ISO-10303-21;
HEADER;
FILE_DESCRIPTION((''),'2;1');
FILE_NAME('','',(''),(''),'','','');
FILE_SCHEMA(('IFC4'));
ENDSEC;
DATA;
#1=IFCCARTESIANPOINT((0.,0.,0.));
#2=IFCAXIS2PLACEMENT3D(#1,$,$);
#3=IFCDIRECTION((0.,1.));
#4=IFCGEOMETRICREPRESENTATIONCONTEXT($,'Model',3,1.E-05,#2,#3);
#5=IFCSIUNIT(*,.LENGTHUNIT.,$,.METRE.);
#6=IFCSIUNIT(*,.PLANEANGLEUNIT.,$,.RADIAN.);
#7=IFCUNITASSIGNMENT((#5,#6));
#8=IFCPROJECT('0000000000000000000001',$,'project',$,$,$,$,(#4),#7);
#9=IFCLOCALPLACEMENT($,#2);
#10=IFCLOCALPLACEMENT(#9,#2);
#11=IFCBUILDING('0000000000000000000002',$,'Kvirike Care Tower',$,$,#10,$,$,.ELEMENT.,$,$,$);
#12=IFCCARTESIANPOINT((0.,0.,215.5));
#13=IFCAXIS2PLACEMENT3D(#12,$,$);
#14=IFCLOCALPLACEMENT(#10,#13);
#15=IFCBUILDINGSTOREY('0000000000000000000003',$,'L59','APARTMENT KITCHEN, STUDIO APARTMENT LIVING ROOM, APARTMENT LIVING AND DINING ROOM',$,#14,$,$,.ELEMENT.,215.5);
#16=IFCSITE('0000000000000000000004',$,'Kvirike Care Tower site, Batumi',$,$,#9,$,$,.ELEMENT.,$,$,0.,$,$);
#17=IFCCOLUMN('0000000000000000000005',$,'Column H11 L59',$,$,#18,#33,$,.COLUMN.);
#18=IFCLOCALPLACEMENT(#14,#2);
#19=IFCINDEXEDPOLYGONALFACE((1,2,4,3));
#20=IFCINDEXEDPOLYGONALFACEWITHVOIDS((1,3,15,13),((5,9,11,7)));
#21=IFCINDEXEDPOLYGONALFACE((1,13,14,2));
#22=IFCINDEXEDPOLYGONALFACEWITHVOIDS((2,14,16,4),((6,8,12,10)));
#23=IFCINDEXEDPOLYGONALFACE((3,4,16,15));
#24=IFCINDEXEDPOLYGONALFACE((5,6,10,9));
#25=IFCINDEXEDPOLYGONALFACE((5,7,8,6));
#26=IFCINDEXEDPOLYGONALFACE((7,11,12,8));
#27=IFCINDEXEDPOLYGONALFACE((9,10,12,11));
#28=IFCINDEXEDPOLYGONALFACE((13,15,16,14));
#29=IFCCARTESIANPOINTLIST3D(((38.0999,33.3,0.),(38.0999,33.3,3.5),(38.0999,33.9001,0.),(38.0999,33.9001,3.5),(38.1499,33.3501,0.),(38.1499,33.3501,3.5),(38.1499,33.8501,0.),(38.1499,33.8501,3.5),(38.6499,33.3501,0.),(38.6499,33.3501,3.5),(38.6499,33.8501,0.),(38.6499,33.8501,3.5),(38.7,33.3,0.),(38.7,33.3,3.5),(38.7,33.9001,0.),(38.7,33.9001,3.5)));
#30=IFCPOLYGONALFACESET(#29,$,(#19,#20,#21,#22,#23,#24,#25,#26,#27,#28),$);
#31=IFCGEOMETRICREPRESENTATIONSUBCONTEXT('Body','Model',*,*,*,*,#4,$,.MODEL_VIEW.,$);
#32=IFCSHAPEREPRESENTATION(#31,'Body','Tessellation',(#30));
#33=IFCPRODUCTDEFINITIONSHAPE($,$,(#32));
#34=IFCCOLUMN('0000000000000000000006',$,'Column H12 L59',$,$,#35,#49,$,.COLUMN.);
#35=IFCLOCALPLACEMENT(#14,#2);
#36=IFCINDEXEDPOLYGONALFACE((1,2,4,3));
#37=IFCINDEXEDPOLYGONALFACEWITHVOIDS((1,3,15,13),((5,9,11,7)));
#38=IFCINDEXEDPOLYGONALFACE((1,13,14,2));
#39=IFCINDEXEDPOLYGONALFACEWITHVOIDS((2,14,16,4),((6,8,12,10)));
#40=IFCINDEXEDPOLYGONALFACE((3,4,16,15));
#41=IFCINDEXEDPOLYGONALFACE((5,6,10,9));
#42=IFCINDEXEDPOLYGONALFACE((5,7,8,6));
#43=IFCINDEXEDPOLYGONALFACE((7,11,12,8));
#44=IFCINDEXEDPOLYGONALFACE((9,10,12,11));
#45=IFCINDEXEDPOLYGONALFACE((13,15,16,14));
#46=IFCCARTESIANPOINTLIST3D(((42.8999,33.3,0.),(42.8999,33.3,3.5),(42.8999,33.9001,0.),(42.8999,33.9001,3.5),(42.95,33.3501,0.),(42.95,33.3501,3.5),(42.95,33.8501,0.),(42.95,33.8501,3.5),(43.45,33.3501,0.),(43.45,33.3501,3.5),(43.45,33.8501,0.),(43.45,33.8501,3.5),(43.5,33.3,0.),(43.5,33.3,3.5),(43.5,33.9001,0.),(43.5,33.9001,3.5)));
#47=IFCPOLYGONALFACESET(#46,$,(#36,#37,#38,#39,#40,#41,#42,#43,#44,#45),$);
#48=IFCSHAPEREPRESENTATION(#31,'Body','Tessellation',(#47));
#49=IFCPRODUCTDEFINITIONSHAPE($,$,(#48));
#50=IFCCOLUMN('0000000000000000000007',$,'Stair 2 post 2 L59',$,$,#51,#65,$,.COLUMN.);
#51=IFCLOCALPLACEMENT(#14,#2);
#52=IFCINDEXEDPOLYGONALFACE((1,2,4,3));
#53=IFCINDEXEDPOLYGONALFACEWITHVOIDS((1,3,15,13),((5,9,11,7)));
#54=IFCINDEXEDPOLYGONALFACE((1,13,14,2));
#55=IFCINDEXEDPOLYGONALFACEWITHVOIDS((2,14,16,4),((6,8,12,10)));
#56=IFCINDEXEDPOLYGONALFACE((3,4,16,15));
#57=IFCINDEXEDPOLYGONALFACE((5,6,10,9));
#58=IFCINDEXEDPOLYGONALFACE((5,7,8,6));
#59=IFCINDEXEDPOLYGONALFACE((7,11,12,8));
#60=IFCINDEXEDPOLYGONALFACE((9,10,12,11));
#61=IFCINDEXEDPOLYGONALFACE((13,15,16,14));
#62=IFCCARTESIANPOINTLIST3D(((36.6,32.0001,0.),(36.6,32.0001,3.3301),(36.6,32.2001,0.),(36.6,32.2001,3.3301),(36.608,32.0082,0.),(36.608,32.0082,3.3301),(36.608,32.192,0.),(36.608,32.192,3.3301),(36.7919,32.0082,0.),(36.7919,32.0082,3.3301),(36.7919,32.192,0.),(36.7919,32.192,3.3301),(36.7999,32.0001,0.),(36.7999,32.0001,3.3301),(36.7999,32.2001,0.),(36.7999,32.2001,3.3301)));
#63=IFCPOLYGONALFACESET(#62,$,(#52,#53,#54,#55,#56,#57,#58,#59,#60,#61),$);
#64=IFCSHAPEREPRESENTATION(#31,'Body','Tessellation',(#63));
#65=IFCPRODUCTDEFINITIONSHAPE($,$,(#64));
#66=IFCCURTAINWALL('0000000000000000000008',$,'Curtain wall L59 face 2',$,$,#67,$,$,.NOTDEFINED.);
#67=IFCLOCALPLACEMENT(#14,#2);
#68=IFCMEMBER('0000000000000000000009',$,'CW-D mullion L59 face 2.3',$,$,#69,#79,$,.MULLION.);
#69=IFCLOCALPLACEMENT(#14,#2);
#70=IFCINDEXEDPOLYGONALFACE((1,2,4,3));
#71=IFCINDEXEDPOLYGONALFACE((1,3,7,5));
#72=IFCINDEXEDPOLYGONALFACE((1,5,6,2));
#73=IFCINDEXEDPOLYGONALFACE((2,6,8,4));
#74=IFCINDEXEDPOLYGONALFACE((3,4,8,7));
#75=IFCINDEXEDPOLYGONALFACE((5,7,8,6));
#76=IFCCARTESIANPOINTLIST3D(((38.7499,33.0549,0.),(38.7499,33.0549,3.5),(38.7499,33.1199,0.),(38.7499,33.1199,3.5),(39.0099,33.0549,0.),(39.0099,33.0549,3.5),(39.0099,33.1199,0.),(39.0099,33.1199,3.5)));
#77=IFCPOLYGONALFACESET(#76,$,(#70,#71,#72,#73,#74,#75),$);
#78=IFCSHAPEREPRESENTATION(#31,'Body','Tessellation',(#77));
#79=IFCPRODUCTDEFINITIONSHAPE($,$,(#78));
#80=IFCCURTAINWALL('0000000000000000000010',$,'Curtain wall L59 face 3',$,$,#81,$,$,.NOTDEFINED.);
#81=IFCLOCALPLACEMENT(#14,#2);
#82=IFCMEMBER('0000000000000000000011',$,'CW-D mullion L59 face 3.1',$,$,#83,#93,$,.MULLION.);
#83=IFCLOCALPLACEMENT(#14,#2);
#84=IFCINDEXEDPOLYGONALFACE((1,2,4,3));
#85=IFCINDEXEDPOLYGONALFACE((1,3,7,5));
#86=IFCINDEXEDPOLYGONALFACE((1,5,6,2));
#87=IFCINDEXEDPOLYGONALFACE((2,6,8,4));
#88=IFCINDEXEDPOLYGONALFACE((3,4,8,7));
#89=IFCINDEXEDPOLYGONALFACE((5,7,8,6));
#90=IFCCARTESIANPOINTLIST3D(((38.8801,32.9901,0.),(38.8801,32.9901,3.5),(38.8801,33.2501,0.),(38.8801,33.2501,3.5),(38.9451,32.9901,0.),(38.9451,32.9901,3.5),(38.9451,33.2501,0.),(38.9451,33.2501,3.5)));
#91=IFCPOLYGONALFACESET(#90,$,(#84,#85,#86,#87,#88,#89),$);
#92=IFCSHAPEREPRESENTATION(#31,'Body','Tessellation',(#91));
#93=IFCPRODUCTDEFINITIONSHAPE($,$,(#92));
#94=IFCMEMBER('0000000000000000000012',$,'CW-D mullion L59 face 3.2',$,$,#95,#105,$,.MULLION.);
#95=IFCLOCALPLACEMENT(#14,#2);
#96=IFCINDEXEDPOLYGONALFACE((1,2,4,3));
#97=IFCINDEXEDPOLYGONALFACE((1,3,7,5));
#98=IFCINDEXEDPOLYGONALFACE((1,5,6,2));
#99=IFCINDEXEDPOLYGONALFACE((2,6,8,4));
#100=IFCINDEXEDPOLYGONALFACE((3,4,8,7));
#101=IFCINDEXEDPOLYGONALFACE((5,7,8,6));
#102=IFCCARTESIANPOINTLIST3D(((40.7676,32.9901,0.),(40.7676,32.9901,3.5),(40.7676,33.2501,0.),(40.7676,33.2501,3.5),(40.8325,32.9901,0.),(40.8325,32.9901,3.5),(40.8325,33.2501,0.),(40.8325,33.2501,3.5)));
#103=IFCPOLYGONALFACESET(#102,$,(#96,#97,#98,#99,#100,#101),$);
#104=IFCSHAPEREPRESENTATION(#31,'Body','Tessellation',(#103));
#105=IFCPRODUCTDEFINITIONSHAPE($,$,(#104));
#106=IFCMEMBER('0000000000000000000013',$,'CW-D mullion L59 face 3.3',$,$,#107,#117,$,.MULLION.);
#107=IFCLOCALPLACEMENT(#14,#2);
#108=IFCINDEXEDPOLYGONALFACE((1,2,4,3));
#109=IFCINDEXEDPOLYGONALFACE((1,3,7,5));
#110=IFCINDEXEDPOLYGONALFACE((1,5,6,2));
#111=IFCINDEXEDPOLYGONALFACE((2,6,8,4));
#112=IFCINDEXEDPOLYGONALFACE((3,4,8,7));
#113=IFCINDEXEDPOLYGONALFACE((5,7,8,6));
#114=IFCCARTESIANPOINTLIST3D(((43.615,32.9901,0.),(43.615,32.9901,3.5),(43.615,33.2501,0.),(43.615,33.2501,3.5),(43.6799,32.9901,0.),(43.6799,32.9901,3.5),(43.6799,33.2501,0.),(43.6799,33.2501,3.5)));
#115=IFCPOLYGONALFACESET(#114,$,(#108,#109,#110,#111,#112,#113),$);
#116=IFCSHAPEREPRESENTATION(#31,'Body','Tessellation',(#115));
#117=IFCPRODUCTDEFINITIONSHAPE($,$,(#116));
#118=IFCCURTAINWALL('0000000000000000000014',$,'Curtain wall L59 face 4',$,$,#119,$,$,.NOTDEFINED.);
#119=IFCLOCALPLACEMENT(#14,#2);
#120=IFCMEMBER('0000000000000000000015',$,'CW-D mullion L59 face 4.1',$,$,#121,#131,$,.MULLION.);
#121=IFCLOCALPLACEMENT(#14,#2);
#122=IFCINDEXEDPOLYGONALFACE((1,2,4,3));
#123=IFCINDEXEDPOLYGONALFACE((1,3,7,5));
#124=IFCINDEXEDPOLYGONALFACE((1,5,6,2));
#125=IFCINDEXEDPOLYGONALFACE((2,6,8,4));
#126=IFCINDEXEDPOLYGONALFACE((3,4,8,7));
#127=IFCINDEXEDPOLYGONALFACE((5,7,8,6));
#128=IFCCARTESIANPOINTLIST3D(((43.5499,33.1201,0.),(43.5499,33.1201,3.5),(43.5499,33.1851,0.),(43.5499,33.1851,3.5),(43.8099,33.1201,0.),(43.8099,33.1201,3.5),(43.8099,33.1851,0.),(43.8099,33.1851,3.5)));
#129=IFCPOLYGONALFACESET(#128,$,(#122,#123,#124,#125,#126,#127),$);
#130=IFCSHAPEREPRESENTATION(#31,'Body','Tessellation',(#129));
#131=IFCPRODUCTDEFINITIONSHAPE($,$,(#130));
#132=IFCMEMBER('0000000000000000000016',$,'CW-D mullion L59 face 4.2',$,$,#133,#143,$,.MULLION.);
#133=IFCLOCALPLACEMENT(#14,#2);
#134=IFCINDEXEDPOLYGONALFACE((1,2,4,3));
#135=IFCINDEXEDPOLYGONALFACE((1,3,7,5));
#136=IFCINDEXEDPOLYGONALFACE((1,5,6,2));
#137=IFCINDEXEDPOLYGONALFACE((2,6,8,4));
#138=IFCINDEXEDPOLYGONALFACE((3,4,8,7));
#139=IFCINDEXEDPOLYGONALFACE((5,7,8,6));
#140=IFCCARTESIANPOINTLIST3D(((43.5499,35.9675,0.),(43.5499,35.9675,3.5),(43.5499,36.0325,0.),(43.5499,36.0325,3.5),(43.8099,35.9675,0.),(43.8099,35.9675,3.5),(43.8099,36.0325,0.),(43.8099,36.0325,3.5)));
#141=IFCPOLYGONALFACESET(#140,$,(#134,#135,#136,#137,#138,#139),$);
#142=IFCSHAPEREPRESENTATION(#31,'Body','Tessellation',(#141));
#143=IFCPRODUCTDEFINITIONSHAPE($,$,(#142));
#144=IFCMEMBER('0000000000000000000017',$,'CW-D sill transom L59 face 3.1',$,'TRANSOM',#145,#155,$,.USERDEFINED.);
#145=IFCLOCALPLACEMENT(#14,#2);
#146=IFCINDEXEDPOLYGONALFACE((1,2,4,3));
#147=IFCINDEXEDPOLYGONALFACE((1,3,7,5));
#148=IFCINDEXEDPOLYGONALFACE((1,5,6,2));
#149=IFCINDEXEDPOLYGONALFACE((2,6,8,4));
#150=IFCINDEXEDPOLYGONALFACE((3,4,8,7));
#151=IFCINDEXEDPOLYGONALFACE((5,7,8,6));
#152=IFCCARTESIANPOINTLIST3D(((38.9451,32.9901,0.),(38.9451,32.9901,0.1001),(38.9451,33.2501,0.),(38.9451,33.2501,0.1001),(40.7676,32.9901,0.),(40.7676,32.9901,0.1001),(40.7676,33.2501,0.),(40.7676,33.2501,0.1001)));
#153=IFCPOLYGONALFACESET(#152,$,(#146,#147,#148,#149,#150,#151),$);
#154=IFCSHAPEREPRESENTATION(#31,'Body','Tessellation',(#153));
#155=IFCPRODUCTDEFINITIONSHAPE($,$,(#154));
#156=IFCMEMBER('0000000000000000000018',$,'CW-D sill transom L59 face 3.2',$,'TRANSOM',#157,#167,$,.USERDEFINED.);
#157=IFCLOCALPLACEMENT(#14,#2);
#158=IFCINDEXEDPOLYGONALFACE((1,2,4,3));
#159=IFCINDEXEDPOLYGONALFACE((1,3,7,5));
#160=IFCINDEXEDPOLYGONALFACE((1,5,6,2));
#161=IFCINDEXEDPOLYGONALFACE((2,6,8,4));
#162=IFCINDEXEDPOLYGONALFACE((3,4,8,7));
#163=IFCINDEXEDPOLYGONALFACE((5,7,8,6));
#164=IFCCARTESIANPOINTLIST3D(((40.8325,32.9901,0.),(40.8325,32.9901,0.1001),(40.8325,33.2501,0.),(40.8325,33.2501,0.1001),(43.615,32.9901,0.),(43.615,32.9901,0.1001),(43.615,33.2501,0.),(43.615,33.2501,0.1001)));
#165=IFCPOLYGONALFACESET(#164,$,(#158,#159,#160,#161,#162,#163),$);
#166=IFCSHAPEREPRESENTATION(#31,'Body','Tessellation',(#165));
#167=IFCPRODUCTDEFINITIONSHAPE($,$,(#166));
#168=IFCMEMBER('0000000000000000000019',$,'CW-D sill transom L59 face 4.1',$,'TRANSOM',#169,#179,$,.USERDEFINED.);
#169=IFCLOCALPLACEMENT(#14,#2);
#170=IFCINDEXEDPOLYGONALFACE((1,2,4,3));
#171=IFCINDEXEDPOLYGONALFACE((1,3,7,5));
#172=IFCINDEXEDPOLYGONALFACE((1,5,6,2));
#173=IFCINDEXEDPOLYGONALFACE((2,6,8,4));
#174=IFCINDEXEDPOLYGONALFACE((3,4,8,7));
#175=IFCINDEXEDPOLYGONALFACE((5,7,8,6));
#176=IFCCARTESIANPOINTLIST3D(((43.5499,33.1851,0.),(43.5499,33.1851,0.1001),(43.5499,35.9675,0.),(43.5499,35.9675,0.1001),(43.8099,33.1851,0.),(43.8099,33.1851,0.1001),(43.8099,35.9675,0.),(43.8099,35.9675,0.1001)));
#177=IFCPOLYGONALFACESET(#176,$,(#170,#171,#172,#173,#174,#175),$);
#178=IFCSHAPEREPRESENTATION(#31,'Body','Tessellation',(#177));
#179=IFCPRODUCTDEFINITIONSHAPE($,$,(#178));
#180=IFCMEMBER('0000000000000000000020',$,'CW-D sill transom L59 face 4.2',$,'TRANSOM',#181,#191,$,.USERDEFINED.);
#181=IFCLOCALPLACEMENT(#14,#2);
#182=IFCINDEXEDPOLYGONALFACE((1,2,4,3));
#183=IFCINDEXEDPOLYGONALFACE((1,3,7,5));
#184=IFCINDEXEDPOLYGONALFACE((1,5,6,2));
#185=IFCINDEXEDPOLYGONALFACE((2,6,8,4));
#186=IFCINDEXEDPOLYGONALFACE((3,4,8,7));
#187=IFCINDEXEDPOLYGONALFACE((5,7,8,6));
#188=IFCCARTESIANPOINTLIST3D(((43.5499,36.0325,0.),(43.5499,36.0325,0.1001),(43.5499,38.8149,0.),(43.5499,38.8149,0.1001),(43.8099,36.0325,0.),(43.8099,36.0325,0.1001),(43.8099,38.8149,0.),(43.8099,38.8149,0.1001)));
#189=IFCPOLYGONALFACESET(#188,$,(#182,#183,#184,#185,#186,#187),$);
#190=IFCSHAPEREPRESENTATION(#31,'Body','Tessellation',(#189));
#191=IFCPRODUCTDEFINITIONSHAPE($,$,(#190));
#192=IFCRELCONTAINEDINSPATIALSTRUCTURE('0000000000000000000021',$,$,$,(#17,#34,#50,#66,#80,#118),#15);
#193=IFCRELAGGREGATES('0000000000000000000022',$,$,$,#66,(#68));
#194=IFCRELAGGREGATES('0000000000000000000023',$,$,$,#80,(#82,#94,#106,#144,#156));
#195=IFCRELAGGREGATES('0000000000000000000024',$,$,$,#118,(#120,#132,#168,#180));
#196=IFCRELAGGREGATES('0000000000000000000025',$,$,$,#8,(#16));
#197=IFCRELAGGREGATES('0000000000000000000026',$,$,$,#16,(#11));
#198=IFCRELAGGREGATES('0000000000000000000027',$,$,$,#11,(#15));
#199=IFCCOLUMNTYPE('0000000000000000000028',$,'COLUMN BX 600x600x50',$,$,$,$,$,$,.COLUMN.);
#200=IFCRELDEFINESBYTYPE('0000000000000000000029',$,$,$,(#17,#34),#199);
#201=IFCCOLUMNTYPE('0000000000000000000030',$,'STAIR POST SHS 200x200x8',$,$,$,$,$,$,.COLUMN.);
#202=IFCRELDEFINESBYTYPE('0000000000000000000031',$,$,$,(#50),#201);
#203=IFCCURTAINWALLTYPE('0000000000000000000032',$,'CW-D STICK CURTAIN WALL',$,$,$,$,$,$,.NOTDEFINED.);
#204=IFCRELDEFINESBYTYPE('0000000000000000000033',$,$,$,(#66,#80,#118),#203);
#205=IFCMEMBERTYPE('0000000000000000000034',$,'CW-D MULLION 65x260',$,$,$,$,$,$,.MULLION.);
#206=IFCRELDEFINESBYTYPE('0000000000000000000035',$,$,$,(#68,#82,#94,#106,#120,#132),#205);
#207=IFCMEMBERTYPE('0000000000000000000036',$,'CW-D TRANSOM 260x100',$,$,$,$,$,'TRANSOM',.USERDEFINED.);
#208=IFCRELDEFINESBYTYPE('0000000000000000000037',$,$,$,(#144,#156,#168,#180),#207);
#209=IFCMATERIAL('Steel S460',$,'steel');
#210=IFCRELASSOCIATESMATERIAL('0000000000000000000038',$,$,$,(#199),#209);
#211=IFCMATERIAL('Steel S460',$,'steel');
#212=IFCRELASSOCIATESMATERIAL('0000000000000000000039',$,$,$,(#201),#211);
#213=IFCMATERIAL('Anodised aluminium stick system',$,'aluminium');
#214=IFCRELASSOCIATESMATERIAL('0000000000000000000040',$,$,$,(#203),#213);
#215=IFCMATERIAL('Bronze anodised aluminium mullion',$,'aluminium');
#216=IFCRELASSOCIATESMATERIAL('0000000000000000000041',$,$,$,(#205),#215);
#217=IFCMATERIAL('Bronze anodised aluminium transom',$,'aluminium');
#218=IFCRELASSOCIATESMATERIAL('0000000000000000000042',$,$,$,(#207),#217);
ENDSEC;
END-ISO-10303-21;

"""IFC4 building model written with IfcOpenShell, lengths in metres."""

from ifc_helpers import new_model, si_unit, direction, frame, origin, origin_2d, place, context, subcontext, project, spatial, rectangle, hollow_rectangle, extrude, material, material_profile, profile_set, type_object, element, aggregate, save


model = new_model("IFC4")

# Units and contexts
model_context = context("Model", 3, precision=1e-05, world=origin(), true_north=direction((0.0, 1.0)))
body_context = subcontext(model_context, "Body", "Model", "MODEL_VIEW")
ifc_project = project(units=[si_unit("LENGTHUNIT", "METRE"), si_unit("PLANEANGLEUNIT", "RADIAN")], contexts=[model_context])

# Site, building, storey
site_placement = place(None, origin())
site = spatial("IfcSite", under=ifc_project, at=site_placement, Name="Kvirike Care Tower site, Batumi", CompositionType="ELEMENT", RefElevation=0.0)
building_placement = place(site_placement, origin())
building = spatial("IfcBuilding", under=site, at=building_placement, Name="Kvirike Care Tower", CompositionType="ELEMENT")
storey_placement = place(building_placement, frame((0.0, 0.0, 215.5)))
storey = spatial("IfcBuildingStorey", under=building, at=storey_placement, Name="L59", Description="APARTMENT KITCHEN, STUDIO APARTMENT LIVING ROOM, APARTMENT LIVING AND DINING ROOM", CompositionType="ELEMENT", Elevation=215.5)

# Columns
ifc_material_1 = material(Name="Steel S460", Category="steel")
ifc_material_profile_1 = material_profile(ifc_material_1, hollow_rectangle(XDim=0.6001, YDim=0.6001, WallThickness=0.05, at=origin_2d()), Name="BX 600x600x50")
ifc_profile_set_1 = profile_set([ifc_material_profile_1], Name="Steel S460")
column_type_1 = type_object("IfcColumnType", Name="COLUMN BX 600x600x50", PredefinedType="COLUMN", material=ifc_profile_set_1)
for number, where, z_axis, x_axis, name in (
    (1, (38.3999, 33.6001, 0.0), (0.0, 0.0, 1.0), (0.0, 1.0, 0.0), "Column H11 L59"),
    (2, (43.2, 33.6001, 0.0), (0.0, 0.0, 1.0), (0.0, 1.0, 0.0), "Column H12 L59"),
):
    element("IfcColumn", number, at=place(storey_placement, frame(where, z_axis=z_axis, x_axis=x_axis)), inside=storey, type_object=column_type_1, Name=name, PredefinedType="COLUMN", context=body_context, shape_type="SweptSolid", body=[
        extrude(hollow_rectangle(XDim=0.6001, YDim=0.6001, WallThickness=0.05, at=origin_2d()), origin(), (0.0, 0.0, 1.0), 3.5),
    ])
ifc_material_2 = material(Name="Steel S460", Category="steel")
ifc_material_profile_2 = material_profile(ifc_material_2, hollow_rectangle(XDim=0.2, YDim=0.2, WallThickness=0.0081, at=origin_2d()), Name="SHS 200x200x8")
ifc_profile_set_2 = profile_set([ifc_material_profile_2], Name="Steel S460")
column_type_2 = type_object("IfcColumnType", Name="STAIR POST SHS 200x200x8", PredefinedType="COLUMN", material=ifc_profile_set_2)
column_placement = place(storey_placement, frame((36.7, 32.1001, 0.0), z_axis=(0.0, 0.0, 1.0), x_axis=(1.0, 0.0, 0.0)))
element("IfcColumn", 3, at=column_placement, inside=storey, type_object=column_type_2, Name="Stair 2 post 2 L59", PredefinedType="COLUMN", context=body_context, shape_type="SweptSolid", body=[
    extrude(hollow_rectangle(XDim=0.2, YDim=0.2, WallThickness=0.0081, at=origin_2d()), origin(), (0.0, 0.0, 1.0), 3.3301),
])

# Curtain wall, member
ifc_material_3 = material(Name="Anodised aluminium stick system", Category="aluminium")
curtain_wall_type = type_object("IfcCurtainWallType", Name="CW-D STICK CURTAIN WALL", PredefinedType="NOTDEFINED", material=ifc_material_3)
curtain_wall_1_placement = place(storey_placement, origin())
curtain_wall_1 = element("IfcCurtainWall", 4, at=curtain_wall_1_placement, inside=storey, type_object=curtain_wall_type, Name="Curtain wall L59 face 2", PredefinedType="NOTDEFINED")
ifc_material_4 = material(Name="Bronze anodised aluminium mullion", Category="aluminium")
ifc_material_profile_3 = material_profile(ifc_material_4, rectangle(XDim=0.0649, YDim=0.26, at=origin_2d()), Name="CW-D MULLION 65x260")
ifc_profile_set_3 = profile_set([ifc_material_profile_3], Name="Bronze anodised aluminium mullion")
member_type_1 = type_object("IfcMemberType", Name="CW-D MULLION 65x260", PredefinedType="MULLION", material=ifc_profile_set_3)
member_1_placement = place(storey_placement, frame((38.8799, 33.0874, 0.0), z_axis=(0.0, 0.0, 1.0), x_axis=(0.0, 1.0, 0.0)))
member_1 = element("IfcMember", 5, at=member_1_placement, type_object=member_type_1, Name="CW-D mullion L59 face 2.3", PredefinedType="MULLION", context=body_context, shape_type="SweptSolid", body=[
    extrude(rectangle(XDim=0.0649, YDim=0.26, at=origin_2d()), origin(), (0.0, 0.0, 1.0), 3.5),
])

# Curtain walls, members
curtain_wall_2_placement = place(storey_placement, origin())
curtain_wall_2 = element("IfcCurtainWall", 6, at=curtain_wall_2_placement, inside=storey, type_object=curtain_wall_type, Name="Curtain wall L59 face 3", PredefinedType="NOTDEFINED")
member_2_placement = place(storey_placement, frame((38.9126, 33.1201, 0.0), z_axis=(0.0, 0.0, 1.0), x_axis=(1.0, 0.0, 0.0)))
member_2 = element("IfcMember", 7, at=member_2_placement, type_object=member_type_1, Name="CW-D mullion L59 face 3.1", PredefinedType="MULLION", context=body_context, shape_type="SweptSolid", body=[
    extrude(rectangle(XDim=0.0649, YDim=0.26, at=origin_2d()), origin(), (0.0, 0.0, 1.0), 3.5),
])
member_3_placement = place(storey_placement, frame((40.8, 33.1201, 0.0), z_axis=(0.0, 0.0, 1.0), x_axis=(1.0, 0.0, 0.0)))
member_3 = element("IfcMember", 8, at=member_3_placement, type_object=member_type_1, Name="CW-D mullion L59 face 3.2", PredefinedType="MULLION", context=body_context, shape_type="SweptSolid", body=[
    extrude(rectangle(XDim=0.0649, YDim=0.26, at=origin_2d()), origin(), (0.0, 0.0, 1.0), 3.5),
])
member_4_placement = place(storey_placement, frame((43.6475, 33.1201, 0.0), z_axis=(0.0, 0.0, 1.0), x_axis=(1.0, 0.0, 0.0)))
member_4 = element("IfcMember", 9, at=member_4_placement, type_object=member_type_1, Name="CW-D mullion L59 face 3.3", PredefinedType="MULLION", context=body_context, shape_type="SweptSolid", body=[
    extrude(rectangle(XDim=0.0649, YDim=0.26, at=origin_2d()), origin(), (0.0, 0.0, 1.0), 3.5),
])
curtain_wall_3_placement = place(storey_placement, origin())
curtain_wall_3 = element("IfcCurtainWall", 10, at=curtain_wall_3_placement, inside=storey, type_object=curtain_wall_type, Name="Curtain wall L59 face 4", PredefinedType="NOTDEFINED")
member_5_placement = place(storey_placement, frame((43.6799, 33.1526, 0.0), z_axis=(0.0, 0.0, 1.0), x_axis=(0.0, 1.0, 0.0)))
member_5 = element("IfcMember", 11, at=member_5_placement, type_object=member_type_1, Name="CW-D mullion L59 face 4.1", PredefinedType="MULLION", context=body_context, shape_type="SweptSolid", body=[
    extrude(rectangle(XDim=0.0649, YDim=0.26, at=origin_2d()), origin(), (0.0, 0.0, 1.0), 3.5),
])
member_6_placement = place(storey_placement, frame((43.6799, 36.0, 0.0), z_axis=(0.0, 0.0, 1.0), x_axis=(0.0, 1.0, 0.0)))
member_6 = element("IfcMember", 12, at=member_6_placement, type_object=member_type_1, Name="CW-D mullion L59 face 4.2", PredefinedType="MULLION", context=body_context, shape_type="SweptSolid", body=[
    extrude(rectangle(XDim=0.0649, YDim=0.26, at=origin_2d()), origin(), (0.0, 0.0, 1.0), 3.5),
])

# Members
ifc_material_5 = material(Name="Bronze anodised aluminium transom", Category="aluminium")
ifc_material_profile_4 = material_profile(ifc_material_5, rectangle(XDim=0.26, YDim=0.1001, at=origin_2d()), Name="CW-D TRANSOM 260x100")
ifc_profile_set_4 = profile_set([ifc_material_profile_4], Name="Bronze anodised aluminium transom")
member_type_2 = type_object("IfcMemberType", Name="CW-D TRANSOM 260x100", ElementType="TRANSOM", PredefinedType="USERDEFINED", material=ifc_profile_set_4)
member_7_placement = place(storey_placement, frame((38.9451, 33.1201, 0.05), z_axis=(1.0, 0.0, 0.0), x_axis=(0.0, 1.0, 0.0)))
member_7 = element("IfcMember", 13, at=member_7_placement, type_object=member_type_2, Name="CW-D sill transom L59 face 3.1", ObjectType="TRANSOM", PredefinedType="USERDEFINED", context=body_context, shape_type="SweptSolid", body=[
    extrude(rectangle(XDim=0.26, YDim=0.1001, at=origin_2d()), origin(), (0.0, 0.0, 1.0), 1.8225),
])
member_8_placement = place(storey_placement, frame((40.8325, 33.1201, 0.05), z_axis=(1.0, 0.0, 0.0), x_axis=(0.0, 1.0, 0.0)))
member_8 = element("IfcMember", 14, at=member_8_placement, type_object=member_type_2, Name="CW-D sill transom L59 face 3.2", ObjectType="TRANSOM", PredefinedType="USERDEFINED", context=body_context, shape_type="SweptSolid", body=[
    extrude(rectangle(XDim=0.26, YDim=0.1001, at=origin_2d()), origin(), (0.0, 0.0, 1.0), 2.7825),
])
member_9_placement = place(storey_placement, frame((43.6799, 33.1851, 0.05), z_axis=(0.0, 1.0, 0.0), x_axis=(-1.0, 0.0, 0.0)))
member_9 = element("IfcMember", 15, at=member_9_placement, type_object=member_type_2, Name="CW-D sill transom L59 face 4.1", ObjectType="TRANSOM", PredefinedType="USERDEFINED", context=body_context, shape_type="SweptSolid", body=[
    extrude(rectangle(XDim=0.26, YDim=0.1001, at=origin_2d()), origin(), (0.0, 0.0, 1.0), 2.7825),
])
member_10_placement = place(storey_placement, frame((43.6799, 36.0325, 0.05), z_axis=(0.0, 1.0, 0.0), x_axis=(-1.0, 0.0, 0.0)))
member_10 = element("IfcMember", 16, at=member_10_placement, type_object=member_type_2, Name="CW-D sill transom L59 face 4.2", ObjectType="TRANSOM", PredefinedType="USERDEFINED", context=body_context, shape_type="SweptSolid", body=[
    extrude(rectangle(XDim=0.26, YDim=0.1001, at=origin_2d()), origin(), (0.0, 0.0, 1.0), 2.7825),
])

aggregate(curtain_wall_1, [member_1])
aggregate(curtain_wall_2, [member_2, member_3, member_4, member_7, member_8])
aggregate(curtain_wall_3, [member_5, member_6, member_9, member_10])

save(model, "model.ifc")
